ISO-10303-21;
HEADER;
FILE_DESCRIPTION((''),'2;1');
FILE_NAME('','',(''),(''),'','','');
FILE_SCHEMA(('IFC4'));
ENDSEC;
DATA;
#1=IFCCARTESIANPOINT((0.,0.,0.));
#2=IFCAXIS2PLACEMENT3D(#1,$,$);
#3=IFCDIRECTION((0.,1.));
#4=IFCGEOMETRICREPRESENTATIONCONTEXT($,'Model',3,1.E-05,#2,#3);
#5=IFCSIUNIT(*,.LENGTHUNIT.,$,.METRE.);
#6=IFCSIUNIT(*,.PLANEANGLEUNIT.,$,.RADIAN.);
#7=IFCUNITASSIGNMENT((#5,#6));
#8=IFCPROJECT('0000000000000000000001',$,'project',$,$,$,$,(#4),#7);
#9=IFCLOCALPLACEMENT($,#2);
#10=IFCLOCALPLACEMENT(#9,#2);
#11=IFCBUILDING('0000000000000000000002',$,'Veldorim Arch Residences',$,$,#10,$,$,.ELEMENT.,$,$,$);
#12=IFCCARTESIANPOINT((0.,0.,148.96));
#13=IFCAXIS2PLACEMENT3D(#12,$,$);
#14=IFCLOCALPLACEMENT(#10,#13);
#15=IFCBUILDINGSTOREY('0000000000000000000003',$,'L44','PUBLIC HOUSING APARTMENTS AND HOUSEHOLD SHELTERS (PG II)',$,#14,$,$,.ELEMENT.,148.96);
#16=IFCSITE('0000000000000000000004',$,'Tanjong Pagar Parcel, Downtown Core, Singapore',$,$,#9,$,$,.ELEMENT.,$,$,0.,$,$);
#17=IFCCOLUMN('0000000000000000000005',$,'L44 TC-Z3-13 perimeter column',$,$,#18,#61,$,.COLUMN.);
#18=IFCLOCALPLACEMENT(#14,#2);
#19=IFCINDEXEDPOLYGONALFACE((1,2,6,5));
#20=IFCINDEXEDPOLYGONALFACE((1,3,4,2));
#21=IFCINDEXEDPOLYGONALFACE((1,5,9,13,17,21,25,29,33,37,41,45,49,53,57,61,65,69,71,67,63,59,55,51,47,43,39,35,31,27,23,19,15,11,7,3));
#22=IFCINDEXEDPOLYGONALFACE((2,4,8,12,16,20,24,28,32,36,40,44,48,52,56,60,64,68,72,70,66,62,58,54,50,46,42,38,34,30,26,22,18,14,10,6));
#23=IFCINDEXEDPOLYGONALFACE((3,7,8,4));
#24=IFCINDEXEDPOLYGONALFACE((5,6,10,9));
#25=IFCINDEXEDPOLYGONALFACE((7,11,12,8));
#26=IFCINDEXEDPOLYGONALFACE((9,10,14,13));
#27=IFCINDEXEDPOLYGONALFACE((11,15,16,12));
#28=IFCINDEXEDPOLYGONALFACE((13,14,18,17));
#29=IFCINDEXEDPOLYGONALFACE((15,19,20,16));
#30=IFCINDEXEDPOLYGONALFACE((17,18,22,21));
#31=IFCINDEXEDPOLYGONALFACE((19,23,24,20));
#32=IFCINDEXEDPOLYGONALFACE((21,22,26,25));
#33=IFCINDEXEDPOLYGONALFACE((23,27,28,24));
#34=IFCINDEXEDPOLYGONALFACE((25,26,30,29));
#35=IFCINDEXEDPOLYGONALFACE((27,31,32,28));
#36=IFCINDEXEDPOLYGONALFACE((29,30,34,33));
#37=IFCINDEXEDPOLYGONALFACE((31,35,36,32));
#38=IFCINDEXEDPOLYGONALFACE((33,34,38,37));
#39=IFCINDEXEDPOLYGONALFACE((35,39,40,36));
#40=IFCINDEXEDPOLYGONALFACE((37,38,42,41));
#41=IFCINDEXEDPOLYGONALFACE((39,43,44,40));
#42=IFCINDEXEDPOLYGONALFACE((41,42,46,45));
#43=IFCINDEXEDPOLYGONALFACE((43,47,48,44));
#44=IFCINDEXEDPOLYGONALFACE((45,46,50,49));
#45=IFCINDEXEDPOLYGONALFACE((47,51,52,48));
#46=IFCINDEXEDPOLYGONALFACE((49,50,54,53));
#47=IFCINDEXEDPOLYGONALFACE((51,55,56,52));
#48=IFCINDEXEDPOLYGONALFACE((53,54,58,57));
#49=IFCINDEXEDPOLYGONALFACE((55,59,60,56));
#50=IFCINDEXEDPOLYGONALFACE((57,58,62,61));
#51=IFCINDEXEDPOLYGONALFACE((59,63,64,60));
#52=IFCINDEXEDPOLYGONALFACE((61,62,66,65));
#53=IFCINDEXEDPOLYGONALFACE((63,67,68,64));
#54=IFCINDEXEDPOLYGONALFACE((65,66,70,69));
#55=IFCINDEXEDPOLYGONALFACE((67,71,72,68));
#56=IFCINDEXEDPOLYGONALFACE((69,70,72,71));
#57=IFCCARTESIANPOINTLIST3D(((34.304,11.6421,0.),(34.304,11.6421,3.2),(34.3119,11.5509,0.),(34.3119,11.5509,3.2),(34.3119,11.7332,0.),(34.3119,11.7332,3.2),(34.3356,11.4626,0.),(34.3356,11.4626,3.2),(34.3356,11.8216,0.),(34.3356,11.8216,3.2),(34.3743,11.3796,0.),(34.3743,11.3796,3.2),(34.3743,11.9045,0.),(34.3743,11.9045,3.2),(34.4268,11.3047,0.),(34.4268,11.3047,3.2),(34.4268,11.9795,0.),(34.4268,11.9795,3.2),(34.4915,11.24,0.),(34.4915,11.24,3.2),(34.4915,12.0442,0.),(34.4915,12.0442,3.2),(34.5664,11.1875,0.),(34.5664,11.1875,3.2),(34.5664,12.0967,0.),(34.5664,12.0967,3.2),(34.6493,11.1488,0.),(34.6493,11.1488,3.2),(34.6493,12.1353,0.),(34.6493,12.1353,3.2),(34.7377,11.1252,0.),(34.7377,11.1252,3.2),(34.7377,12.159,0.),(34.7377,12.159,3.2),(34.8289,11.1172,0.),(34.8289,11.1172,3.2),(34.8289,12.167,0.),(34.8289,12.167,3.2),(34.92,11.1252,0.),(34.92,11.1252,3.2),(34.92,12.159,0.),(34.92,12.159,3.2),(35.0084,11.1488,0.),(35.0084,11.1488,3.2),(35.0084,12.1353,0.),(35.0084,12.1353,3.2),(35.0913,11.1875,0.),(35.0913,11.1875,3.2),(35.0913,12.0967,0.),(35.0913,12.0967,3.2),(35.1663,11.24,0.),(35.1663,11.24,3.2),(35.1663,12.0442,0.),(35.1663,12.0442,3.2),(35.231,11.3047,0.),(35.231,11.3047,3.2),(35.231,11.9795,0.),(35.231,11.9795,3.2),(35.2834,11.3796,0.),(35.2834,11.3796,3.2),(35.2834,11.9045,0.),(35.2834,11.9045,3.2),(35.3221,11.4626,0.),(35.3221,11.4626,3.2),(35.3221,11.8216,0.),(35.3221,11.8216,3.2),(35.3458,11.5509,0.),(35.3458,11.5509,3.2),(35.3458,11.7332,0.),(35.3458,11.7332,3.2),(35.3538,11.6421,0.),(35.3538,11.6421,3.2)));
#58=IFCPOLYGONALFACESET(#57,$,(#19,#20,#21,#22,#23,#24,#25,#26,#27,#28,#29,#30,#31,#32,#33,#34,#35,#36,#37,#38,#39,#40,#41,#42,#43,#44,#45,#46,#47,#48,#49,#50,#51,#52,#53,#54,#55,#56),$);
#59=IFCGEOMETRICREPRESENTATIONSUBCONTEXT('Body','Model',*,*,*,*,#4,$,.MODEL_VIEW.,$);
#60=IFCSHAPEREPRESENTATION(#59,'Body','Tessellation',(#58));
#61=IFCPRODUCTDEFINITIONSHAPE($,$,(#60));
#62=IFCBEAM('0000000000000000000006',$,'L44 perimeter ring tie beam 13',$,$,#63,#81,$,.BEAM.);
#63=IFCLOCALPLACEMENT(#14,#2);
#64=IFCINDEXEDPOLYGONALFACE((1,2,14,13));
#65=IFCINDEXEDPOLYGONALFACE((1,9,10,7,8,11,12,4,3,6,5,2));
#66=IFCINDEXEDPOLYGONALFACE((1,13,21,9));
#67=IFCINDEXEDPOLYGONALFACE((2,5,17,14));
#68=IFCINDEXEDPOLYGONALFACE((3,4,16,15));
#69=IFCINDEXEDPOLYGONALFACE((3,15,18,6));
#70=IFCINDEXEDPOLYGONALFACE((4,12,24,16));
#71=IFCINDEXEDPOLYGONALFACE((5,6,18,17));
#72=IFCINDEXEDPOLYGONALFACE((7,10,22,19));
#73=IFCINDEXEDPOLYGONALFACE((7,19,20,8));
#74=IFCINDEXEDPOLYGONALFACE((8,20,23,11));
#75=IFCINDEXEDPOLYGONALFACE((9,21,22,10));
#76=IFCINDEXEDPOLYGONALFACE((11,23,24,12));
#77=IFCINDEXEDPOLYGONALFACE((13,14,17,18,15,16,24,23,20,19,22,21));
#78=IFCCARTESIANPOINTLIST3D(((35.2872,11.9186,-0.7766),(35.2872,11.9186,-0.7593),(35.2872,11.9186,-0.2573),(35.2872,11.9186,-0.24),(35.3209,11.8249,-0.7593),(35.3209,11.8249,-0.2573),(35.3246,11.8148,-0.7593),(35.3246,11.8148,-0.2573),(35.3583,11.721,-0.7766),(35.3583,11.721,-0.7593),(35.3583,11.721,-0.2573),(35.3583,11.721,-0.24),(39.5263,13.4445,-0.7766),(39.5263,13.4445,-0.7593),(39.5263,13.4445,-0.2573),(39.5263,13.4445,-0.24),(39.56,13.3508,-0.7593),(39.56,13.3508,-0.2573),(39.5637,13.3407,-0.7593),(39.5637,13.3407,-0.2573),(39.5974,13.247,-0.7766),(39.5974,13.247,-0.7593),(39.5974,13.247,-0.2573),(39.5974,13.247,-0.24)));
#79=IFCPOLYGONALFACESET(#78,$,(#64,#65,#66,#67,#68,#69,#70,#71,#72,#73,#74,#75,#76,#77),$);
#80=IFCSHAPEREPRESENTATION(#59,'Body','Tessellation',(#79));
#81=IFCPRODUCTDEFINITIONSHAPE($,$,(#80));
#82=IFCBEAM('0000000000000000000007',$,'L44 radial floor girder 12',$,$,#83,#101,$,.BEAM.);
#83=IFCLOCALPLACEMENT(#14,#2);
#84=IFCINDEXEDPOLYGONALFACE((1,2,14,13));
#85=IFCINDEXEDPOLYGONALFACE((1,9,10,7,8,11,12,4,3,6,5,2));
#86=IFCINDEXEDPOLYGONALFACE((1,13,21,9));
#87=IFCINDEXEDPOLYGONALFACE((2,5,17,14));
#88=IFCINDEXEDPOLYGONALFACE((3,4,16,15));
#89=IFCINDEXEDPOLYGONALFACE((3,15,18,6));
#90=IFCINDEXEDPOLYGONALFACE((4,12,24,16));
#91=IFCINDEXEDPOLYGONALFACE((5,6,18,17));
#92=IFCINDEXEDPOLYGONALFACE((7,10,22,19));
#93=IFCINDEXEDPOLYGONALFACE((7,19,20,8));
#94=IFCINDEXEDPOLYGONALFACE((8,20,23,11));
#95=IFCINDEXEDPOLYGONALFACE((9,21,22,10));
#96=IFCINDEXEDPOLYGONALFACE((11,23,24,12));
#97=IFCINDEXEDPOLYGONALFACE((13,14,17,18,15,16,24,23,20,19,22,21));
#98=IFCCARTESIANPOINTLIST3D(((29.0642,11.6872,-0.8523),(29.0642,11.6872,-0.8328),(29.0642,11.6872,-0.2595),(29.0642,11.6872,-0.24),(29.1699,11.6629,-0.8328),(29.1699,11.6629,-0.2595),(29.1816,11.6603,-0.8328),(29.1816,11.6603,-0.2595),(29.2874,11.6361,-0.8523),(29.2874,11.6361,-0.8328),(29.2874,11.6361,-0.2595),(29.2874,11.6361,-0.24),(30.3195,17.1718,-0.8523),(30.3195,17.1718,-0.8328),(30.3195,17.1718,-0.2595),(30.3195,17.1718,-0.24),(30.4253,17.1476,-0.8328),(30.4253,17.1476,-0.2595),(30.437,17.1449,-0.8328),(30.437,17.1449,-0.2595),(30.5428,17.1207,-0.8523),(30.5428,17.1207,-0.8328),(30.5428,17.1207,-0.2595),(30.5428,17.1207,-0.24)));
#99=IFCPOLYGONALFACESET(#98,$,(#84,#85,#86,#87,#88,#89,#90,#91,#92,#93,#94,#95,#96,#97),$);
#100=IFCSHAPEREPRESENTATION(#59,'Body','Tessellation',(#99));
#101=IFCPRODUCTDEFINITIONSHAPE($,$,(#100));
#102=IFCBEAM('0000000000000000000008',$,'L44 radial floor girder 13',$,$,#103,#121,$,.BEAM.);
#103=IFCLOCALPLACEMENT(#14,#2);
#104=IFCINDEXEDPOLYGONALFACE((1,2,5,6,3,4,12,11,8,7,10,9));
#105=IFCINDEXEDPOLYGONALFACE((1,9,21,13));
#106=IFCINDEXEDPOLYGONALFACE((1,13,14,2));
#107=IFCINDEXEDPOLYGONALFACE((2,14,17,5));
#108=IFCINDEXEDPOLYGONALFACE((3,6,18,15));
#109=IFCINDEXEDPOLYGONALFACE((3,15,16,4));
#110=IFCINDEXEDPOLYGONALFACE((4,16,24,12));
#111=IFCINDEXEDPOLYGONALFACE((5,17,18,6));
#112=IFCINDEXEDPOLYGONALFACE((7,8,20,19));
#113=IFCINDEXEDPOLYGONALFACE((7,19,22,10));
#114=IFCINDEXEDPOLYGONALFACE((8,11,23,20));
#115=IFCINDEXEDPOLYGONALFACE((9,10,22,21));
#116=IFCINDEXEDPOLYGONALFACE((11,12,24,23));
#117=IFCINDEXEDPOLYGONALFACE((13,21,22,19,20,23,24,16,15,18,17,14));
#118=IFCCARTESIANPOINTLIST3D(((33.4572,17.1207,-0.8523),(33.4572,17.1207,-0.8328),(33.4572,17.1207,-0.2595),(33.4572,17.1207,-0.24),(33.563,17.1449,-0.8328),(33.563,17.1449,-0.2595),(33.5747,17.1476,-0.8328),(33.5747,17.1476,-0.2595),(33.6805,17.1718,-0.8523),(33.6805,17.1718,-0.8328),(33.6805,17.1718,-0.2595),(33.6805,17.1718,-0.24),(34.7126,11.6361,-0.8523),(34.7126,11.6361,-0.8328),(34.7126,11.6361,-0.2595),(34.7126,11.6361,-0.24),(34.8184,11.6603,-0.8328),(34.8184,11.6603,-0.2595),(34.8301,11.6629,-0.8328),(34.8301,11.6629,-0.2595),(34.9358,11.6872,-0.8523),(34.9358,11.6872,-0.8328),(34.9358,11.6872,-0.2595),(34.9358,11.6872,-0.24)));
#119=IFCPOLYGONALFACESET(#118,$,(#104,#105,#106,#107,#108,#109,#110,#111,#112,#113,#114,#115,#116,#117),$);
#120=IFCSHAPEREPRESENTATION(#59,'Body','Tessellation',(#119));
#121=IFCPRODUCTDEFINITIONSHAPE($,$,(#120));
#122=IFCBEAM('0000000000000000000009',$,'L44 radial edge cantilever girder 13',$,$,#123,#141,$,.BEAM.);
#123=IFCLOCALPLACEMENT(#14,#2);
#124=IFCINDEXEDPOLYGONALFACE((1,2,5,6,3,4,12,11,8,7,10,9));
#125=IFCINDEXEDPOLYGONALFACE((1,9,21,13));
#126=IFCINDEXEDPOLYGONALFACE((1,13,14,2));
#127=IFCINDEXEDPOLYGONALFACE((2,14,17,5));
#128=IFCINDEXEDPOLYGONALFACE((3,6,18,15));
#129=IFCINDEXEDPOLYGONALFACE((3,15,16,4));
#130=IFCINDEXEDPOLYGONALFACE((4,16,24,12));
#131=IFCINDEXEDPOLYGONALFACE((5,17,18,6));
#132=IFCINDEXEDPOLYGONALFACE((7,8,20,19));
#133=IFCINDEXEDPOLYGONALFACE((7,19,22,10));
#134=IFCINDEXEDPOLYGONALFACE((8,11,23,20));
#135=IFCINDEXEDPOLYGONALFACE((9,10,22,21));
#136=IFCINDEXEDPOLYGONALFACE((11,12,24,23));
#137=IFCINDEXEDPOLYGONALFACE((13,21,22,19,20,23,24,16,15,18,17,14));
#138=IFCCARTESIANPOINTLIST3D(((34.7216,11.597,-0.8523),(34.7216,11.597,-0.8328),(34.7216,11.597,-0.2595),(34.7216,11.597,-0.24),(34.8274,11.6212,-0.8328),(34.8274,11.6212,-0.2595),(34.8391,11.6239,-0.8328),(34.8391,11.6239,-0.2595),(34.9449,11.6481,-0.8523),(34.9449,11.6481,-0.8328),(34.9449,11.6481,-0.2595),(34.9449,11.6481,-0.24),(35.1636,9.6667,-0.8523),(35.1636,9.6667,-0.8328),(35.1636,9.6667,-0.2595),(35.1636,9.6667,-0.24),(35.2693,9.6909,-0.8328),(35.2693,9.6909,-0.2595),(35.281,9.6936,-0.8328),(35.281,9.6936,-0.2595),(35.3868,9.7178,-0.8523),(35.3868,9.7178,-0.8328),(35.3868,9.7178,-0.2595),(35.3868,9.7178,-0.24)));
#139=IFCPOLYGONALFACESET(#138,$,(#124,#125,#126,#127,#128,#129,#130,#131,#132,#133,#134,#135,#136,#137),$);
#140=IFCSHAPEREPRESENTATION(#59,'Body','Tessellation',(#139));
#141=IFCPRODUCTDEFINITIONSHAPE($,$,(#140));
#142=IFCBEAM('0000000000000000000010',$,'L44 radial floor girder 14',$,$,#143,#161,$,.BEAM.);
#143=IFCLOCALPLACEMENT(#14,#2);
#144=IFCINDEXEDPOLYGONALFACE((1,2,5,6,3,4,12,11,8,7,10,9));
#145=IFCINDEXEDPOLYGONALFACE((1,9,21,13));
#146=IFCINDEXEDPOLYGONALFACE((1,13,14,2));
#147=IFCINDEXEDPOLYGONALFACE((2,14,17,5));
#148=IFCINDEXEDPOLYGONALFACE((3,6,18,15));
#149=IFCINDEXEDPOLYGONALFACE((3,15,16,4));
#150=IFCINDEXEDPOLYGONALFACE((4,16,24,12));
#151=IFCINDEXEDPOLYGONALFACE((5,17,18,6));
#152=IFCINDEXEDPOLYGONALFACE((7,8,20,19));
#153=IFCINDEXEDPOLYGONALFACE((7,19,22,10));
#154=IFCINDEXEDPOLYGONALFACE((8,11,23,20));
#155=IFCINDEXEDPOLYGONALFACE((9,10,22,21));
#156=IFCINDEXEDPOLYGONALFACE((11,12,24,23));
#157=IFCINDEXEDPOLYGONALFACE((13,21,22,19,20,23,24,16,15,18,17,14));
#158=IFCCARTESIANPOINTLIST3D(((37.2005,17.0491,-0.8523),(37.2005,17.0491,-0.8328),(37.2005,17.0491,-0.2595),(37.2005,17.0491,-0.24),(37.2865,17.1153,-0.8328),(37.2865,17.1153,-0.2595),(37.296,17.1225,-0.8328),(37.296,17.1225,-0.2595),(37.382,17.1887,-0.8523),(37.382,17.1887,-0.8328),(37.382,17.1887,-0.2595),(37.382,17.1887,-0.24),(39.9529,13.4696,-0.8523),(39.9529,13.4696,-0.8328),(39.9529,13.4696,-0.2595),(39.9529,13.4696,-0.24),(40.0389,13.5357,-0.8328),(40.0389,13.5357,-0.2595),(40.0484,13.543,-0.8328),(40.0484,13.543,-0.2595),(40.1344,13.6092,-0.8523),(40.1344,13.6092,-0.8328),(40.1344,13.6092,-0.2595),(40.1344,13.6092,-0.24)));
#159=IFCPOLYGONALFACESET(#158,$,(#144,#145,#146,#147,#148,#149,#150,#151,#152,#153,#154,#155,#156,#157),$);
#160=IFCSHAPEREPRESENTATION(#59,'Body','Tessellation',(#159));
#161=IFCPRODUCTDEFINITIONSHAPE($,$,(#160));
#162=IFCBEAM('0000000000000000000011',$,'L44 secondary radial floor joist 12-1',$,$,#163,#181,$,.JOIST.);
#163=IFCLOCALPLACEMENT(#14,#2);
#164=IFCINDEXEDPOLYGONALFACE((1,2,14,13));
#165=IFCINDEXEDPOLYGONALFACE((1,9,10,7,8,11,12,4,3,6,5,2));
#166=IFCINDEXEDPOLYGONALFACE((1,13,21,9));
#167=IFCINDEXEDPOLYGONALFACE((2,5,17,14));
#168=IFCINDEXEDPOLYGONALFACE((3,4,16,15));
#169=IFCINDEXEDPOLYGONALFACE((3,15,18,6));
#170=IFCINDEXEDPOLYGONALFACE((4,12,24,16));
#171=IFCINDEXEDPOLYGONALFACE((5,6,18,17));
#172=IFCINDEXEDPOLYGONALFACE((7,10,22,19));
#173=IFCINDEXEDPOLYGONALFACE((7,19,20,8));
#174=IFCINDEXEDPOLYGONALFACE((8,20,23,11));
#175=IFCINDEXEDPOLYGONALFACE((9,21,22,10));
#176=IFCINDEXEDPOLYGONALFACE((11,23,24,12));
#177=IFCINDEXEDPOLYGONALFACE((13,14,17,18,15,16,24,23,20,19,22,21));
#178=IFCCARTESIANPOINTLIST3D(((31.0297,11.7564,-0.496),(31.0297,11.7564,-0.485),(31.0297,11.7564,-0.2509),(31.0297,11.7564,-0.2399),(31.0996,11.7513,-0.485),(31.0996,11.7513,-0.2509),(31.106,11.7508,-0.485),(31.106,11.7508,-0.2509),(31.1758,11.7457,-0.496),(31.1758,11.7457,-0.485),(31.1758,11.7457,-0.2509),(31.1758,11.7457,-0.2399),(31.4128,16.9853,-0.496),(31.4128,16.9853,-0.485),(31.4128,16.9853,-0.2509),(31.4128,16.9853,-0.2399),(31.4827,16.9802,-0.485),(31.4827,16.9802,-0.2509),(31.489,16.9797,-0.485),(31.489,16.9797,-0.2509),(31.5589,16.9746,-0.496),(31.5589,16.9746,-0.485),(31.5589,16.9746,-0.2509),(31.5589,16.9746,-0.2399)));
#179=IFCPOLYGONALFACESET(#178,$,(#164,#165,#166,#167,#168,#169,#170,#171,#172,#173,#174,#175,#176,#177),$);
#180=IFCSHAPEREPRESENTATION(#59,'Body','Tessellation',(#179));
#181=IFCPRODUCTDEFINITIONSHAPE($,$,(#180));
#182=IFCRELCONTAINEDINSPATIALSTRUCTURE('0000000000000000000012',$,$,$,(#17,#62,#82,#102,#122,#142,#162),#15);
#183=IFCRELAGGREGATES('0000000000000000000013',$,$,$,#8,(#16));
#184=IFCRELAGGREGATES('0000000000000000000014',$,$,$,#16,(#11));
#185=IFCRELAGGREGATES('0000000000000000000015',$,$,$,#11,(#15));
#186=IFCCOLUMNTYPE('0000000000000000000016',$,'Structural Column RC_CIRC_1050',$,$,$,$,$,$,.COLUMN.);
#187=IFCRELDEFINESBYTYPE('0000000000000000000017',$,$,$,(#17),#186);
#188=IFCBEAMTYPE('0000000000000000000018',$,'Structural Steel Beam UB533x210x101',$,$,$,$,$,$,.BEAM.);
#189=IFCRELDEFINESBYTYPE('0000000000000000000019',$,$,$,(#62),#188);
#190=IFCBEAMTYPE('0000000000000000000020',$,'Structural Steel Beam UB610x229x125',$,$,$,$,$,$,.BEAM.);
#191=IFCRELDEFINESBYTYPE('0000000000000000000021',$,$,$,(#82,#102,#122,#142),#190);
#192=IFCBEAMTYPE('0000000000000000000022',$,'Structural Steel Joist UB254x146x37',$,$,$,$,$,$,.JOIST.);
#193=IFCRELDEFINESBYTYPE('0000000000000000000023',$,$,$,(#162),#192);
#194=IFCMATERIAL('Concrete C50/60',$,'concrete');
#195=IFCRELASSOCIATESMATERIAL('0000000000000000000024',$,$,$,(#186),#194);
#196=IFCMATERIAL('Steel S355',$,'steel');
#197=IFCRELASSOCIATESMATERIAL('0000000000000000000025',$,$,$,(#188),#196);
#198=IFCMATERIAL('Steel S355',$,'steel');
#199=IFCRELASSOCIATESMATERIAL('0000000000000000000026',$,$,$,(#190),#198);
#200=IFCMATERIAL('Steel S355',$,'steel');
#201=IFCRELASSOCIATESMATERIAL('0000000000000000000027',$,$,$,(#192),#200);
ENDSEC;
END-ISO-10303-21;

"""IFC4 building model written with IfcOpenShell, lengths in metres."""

from ifc_helpers import new_model, si_unit, direction, frame, origin, origin_2d, place, context, subcontext, project, spatial, circle, i_section, extrude, material, material_profile, profile_set, type_object, element, save


model = new_model("IFC4")

# Units and contexts
model_context = context("Model", 3, precision=1e-05, world=origin(), true_north=direction((0.0, 1.0)))
body_context = subcontext(model_context, "Body", "Model", "MODEL_VIEW")
ifc_project = project(units=[si_unit("LENGTHUNIT", "METRE"), si_unit("PLANEANGLEUNIT", "RADIAN")], contexts=[model_context])

# Site, building, storey
site_placement = place(None, origin())
site = spatial("IfcSite", under=ifc_project, at=site_placement, Name="Tanjong Pagar Parcel, Downtown Core, Singapore", CompositionType="ELEMENT", RefElevation=0.0)
building_placement = place(site_placement, origin())
building = spatial("IfcBuilding", under=site, at=building_placement, Name="Veldorim Arch Residences", CompositionType="ELEMENT")
storey_placement = place(building_placement, frame((0.0, 0.0, 148.96)))
storey = spatial("IfcBuildingStorey", under=building, at=storey_placement, Name="L44", Description="PUBLIC HOUSING APARTMENTS AND HOUSEHOLD SHELTERS (PG II)", CompositionType="ELEMENT", Elevation=148.96)

# Column
ifc_material_1 = material(Name="Concrete C50/60", Category="concrete")
ifc_material_profile_1 = material_profile(ifc_material_1, circle(Radius=0.5249, at=origin_2d()), Name="RC_CIRC_1050")
ifc_profile_set_1 = profile_set([ifc_material_profile_1], Name="Concrete C50/60")
column_type = type_object("IfcColumnType", Name="Structural Column RC_CIRC_1050", PredefinedType="COLUMN", material=ifc_profile_set_1)
column_placement = place(storey_placement, frame((34.8289, 11.6421, 0.0), z_axis=(0.0, 0.0, 1.0), x_axis=(1.0, 0.0, 0.0)))
element("IfcColumn", 1, at=column_placement, inside=storey, type_object=column_type, Name="L44 TC-Z3-13 perimeter column", PredefinedType="COLUMN", context=body_context, shape_type="SweptSolid", body=[
    extrude(circle(Radius=0.5249, at=origin_2d()), origin(), (0.0, 0.0, 1.0), 3.2),
])

# Beams
ifc_material_2 = material(Name="Steel S355", Category="steel")
ifc_material_profile_2 = material_profile(ifc_material_2, i_section(OverallWidth=0.21, OverallDepth=0.5366, WebThickness=0.0107, FlangeThickness=0.0173, at=origin_2d()), Name="UB533x210x101")
ifc_profile_set_2 = profile_set([ifc_material_profile_2], Name="Steel S355")
beam_type_1 = type_object("IfcBeamType", Name="Structural Steel Beam UB533x210x101", PredefinedType="BEAM", material=ifc_profile_set_2)
beam_1_placement = place(storey_placement, frame((35.3228, 11.8198, -0.5083), z_axis=(0.940899, 0.338687, 0.0), x_axis=(-0.338687, 0.940899, 0.0)))
element("IfcBeam", 2, at=beam_1_placement, inside=storey, type_object=beam_type_1, Name="L44 perimeter ring tie beam 13", PredefinedType="BEAM", context=body_context, shape_type="SweptSolid", body=[
    extrude(i_section(OverallWidth=0.21, OverallDepth=0.5366, WebThickness=0.0107, FlangeThickness=0.0173, at=origin_2d()), origin(), (0.0, 0.0, 1.0), 4.5054),
])
ifc_material_3 = material(Name="Steel S355", Category="steel")
ifc_material_profile_3 = material_profile(ifc_material_3, i_section(OverallWidth=0.229, OverallDepth=0.6123, WebThickness=0.012, FlangeThickness=0.0195, at=origin_2d()), Name="UB610x229x125")
ifc_profile_set_3 = profile_set([ifc_material_profile_3], Name="Steel S355")
beam_type_2 = type_object("IfcBeamType", Name="Structural Steel Beam UB610x229x125", PredefinedType="BEAM", material=ifc_profile_set_3)
for number, where, z_axis, x_axis, name in (
    (3, (30.4312, 17.1462, -0.5461), (-0.223119, -0.974791, 0.0), (0.974791, -0.223119, 0.0), "L44 radial floor girder 12"),
    (4, (33.5688, 17.1462, -0.5461), (0.223119, -0.974791, 0.0), (0.974791, 0.223119, 0.0), "L44 radial floor girder 13"),
):
    element("IfcBeam", number, at=place(storey_placement, frame(where, z_axis=z_axis, x_axis=x_axis)), inside=storey, type_object=beam_type_2, Name=name, PredefinedType="BEAM", context=body_context, shape_type="SweptSolid", body=[
        extrude(i_section(OverallWidth=0.229, OverallDepth=0.6123, WebThickness=0.012, FlangeThickness=0.0195, at=origin_2d()), origin(), (0.0, 0.0, 1.0), 5.6265),
    ])
beam_2_placement = place(storey_placement, frame((34.8333, 11.6226, -0.5461), z_axis=(0.223166, -0.97478, 0.0), x_axis=(0.97478, 0.223166, 0.0)))
element("IfcBeam", 5, at=beam_2_placement, inside=storey, type_object=beam_type_2, Name="L44 radial edge cantilever girder 13", PredefinedType="BEAM", context=body_context, shape_type="SweptSolid", body=[
    extrude(i_section(OverallWidth=0.229, OverallDepth=0.6123, WebThickness=0.012, FlangeThickness=0.0195, at=origin_2d()), origin(), (0.0, 0.0, 1.0), 1.9802),
])
beam_3_placement = place(storey_placement, frame((37.2913, 17.1189, -0.5461), z_axis=(0.609559, -0.792741, 0.0), x_axis=(0.792741, 0.609559, 0.0)))
element("IfcBeam", 6, at=beam_3_placement, inside=storey, type_object=beam_type_2, Name="L44 radial floor girder 14", PredefinedType="BEAM", context=body_context, shape_type="SweptSolid", body=[
    extrude(i_section(OverallWidth=0.229, OverallDepth=0.6123, WebThickness=0.012, FlangeThickness=0.0195, at=origin_2d()), origin(), (0.0, 0.0, 1.0), 4.5154),
])
ifc_material_4 = material(Name="Steel S355", Category="steel")
ifc_material_profile_4 = material_profile(ifc_material_4, i_section(OverallWidth=0.1465, OverallDepth=0.2561, WebThickness=0.0063, FlangeThickness=0.011, at=origin_2d()), Name="UB254x146x37")
ifc_profile_set_4 = profile_set([ifc_material_profile_4], Name="Steel S355")
beam_type_3 = type_object("IfcBeamType", Name="Structural Steel Joist UB254x146x37", PredefinedType="JOIST", material=ifc_profile_set_4)
for number, where, z_axis, x_axis, name in (
    (7, (31.4858, 16.98, -0.3679), (-0.07306, -0.997328, 0.0), (0.997328, -0.07306, 0.0), "L44 secondary radial floor joist 12-1"),
):
    element("IfcBeam", number, at=place(storey_placement, frame(where, z_axis=z_axis, x_axis=x_axis)), inside=storey, type_object=beam_type_3, Name=name, PredefinedType="JOIST", context=body_context, shape_type="SweptSolid", body=[
        extrude(i_section(OverallWidth=0.1465, OverallDepth=0.2561, WebThickness=0.0063, FlangeThickness=0.011, at=origin_2d()), origin(), (0.0, 0.0, 1.0), 5.2429),
    ])

save(model, "model.ifc")
